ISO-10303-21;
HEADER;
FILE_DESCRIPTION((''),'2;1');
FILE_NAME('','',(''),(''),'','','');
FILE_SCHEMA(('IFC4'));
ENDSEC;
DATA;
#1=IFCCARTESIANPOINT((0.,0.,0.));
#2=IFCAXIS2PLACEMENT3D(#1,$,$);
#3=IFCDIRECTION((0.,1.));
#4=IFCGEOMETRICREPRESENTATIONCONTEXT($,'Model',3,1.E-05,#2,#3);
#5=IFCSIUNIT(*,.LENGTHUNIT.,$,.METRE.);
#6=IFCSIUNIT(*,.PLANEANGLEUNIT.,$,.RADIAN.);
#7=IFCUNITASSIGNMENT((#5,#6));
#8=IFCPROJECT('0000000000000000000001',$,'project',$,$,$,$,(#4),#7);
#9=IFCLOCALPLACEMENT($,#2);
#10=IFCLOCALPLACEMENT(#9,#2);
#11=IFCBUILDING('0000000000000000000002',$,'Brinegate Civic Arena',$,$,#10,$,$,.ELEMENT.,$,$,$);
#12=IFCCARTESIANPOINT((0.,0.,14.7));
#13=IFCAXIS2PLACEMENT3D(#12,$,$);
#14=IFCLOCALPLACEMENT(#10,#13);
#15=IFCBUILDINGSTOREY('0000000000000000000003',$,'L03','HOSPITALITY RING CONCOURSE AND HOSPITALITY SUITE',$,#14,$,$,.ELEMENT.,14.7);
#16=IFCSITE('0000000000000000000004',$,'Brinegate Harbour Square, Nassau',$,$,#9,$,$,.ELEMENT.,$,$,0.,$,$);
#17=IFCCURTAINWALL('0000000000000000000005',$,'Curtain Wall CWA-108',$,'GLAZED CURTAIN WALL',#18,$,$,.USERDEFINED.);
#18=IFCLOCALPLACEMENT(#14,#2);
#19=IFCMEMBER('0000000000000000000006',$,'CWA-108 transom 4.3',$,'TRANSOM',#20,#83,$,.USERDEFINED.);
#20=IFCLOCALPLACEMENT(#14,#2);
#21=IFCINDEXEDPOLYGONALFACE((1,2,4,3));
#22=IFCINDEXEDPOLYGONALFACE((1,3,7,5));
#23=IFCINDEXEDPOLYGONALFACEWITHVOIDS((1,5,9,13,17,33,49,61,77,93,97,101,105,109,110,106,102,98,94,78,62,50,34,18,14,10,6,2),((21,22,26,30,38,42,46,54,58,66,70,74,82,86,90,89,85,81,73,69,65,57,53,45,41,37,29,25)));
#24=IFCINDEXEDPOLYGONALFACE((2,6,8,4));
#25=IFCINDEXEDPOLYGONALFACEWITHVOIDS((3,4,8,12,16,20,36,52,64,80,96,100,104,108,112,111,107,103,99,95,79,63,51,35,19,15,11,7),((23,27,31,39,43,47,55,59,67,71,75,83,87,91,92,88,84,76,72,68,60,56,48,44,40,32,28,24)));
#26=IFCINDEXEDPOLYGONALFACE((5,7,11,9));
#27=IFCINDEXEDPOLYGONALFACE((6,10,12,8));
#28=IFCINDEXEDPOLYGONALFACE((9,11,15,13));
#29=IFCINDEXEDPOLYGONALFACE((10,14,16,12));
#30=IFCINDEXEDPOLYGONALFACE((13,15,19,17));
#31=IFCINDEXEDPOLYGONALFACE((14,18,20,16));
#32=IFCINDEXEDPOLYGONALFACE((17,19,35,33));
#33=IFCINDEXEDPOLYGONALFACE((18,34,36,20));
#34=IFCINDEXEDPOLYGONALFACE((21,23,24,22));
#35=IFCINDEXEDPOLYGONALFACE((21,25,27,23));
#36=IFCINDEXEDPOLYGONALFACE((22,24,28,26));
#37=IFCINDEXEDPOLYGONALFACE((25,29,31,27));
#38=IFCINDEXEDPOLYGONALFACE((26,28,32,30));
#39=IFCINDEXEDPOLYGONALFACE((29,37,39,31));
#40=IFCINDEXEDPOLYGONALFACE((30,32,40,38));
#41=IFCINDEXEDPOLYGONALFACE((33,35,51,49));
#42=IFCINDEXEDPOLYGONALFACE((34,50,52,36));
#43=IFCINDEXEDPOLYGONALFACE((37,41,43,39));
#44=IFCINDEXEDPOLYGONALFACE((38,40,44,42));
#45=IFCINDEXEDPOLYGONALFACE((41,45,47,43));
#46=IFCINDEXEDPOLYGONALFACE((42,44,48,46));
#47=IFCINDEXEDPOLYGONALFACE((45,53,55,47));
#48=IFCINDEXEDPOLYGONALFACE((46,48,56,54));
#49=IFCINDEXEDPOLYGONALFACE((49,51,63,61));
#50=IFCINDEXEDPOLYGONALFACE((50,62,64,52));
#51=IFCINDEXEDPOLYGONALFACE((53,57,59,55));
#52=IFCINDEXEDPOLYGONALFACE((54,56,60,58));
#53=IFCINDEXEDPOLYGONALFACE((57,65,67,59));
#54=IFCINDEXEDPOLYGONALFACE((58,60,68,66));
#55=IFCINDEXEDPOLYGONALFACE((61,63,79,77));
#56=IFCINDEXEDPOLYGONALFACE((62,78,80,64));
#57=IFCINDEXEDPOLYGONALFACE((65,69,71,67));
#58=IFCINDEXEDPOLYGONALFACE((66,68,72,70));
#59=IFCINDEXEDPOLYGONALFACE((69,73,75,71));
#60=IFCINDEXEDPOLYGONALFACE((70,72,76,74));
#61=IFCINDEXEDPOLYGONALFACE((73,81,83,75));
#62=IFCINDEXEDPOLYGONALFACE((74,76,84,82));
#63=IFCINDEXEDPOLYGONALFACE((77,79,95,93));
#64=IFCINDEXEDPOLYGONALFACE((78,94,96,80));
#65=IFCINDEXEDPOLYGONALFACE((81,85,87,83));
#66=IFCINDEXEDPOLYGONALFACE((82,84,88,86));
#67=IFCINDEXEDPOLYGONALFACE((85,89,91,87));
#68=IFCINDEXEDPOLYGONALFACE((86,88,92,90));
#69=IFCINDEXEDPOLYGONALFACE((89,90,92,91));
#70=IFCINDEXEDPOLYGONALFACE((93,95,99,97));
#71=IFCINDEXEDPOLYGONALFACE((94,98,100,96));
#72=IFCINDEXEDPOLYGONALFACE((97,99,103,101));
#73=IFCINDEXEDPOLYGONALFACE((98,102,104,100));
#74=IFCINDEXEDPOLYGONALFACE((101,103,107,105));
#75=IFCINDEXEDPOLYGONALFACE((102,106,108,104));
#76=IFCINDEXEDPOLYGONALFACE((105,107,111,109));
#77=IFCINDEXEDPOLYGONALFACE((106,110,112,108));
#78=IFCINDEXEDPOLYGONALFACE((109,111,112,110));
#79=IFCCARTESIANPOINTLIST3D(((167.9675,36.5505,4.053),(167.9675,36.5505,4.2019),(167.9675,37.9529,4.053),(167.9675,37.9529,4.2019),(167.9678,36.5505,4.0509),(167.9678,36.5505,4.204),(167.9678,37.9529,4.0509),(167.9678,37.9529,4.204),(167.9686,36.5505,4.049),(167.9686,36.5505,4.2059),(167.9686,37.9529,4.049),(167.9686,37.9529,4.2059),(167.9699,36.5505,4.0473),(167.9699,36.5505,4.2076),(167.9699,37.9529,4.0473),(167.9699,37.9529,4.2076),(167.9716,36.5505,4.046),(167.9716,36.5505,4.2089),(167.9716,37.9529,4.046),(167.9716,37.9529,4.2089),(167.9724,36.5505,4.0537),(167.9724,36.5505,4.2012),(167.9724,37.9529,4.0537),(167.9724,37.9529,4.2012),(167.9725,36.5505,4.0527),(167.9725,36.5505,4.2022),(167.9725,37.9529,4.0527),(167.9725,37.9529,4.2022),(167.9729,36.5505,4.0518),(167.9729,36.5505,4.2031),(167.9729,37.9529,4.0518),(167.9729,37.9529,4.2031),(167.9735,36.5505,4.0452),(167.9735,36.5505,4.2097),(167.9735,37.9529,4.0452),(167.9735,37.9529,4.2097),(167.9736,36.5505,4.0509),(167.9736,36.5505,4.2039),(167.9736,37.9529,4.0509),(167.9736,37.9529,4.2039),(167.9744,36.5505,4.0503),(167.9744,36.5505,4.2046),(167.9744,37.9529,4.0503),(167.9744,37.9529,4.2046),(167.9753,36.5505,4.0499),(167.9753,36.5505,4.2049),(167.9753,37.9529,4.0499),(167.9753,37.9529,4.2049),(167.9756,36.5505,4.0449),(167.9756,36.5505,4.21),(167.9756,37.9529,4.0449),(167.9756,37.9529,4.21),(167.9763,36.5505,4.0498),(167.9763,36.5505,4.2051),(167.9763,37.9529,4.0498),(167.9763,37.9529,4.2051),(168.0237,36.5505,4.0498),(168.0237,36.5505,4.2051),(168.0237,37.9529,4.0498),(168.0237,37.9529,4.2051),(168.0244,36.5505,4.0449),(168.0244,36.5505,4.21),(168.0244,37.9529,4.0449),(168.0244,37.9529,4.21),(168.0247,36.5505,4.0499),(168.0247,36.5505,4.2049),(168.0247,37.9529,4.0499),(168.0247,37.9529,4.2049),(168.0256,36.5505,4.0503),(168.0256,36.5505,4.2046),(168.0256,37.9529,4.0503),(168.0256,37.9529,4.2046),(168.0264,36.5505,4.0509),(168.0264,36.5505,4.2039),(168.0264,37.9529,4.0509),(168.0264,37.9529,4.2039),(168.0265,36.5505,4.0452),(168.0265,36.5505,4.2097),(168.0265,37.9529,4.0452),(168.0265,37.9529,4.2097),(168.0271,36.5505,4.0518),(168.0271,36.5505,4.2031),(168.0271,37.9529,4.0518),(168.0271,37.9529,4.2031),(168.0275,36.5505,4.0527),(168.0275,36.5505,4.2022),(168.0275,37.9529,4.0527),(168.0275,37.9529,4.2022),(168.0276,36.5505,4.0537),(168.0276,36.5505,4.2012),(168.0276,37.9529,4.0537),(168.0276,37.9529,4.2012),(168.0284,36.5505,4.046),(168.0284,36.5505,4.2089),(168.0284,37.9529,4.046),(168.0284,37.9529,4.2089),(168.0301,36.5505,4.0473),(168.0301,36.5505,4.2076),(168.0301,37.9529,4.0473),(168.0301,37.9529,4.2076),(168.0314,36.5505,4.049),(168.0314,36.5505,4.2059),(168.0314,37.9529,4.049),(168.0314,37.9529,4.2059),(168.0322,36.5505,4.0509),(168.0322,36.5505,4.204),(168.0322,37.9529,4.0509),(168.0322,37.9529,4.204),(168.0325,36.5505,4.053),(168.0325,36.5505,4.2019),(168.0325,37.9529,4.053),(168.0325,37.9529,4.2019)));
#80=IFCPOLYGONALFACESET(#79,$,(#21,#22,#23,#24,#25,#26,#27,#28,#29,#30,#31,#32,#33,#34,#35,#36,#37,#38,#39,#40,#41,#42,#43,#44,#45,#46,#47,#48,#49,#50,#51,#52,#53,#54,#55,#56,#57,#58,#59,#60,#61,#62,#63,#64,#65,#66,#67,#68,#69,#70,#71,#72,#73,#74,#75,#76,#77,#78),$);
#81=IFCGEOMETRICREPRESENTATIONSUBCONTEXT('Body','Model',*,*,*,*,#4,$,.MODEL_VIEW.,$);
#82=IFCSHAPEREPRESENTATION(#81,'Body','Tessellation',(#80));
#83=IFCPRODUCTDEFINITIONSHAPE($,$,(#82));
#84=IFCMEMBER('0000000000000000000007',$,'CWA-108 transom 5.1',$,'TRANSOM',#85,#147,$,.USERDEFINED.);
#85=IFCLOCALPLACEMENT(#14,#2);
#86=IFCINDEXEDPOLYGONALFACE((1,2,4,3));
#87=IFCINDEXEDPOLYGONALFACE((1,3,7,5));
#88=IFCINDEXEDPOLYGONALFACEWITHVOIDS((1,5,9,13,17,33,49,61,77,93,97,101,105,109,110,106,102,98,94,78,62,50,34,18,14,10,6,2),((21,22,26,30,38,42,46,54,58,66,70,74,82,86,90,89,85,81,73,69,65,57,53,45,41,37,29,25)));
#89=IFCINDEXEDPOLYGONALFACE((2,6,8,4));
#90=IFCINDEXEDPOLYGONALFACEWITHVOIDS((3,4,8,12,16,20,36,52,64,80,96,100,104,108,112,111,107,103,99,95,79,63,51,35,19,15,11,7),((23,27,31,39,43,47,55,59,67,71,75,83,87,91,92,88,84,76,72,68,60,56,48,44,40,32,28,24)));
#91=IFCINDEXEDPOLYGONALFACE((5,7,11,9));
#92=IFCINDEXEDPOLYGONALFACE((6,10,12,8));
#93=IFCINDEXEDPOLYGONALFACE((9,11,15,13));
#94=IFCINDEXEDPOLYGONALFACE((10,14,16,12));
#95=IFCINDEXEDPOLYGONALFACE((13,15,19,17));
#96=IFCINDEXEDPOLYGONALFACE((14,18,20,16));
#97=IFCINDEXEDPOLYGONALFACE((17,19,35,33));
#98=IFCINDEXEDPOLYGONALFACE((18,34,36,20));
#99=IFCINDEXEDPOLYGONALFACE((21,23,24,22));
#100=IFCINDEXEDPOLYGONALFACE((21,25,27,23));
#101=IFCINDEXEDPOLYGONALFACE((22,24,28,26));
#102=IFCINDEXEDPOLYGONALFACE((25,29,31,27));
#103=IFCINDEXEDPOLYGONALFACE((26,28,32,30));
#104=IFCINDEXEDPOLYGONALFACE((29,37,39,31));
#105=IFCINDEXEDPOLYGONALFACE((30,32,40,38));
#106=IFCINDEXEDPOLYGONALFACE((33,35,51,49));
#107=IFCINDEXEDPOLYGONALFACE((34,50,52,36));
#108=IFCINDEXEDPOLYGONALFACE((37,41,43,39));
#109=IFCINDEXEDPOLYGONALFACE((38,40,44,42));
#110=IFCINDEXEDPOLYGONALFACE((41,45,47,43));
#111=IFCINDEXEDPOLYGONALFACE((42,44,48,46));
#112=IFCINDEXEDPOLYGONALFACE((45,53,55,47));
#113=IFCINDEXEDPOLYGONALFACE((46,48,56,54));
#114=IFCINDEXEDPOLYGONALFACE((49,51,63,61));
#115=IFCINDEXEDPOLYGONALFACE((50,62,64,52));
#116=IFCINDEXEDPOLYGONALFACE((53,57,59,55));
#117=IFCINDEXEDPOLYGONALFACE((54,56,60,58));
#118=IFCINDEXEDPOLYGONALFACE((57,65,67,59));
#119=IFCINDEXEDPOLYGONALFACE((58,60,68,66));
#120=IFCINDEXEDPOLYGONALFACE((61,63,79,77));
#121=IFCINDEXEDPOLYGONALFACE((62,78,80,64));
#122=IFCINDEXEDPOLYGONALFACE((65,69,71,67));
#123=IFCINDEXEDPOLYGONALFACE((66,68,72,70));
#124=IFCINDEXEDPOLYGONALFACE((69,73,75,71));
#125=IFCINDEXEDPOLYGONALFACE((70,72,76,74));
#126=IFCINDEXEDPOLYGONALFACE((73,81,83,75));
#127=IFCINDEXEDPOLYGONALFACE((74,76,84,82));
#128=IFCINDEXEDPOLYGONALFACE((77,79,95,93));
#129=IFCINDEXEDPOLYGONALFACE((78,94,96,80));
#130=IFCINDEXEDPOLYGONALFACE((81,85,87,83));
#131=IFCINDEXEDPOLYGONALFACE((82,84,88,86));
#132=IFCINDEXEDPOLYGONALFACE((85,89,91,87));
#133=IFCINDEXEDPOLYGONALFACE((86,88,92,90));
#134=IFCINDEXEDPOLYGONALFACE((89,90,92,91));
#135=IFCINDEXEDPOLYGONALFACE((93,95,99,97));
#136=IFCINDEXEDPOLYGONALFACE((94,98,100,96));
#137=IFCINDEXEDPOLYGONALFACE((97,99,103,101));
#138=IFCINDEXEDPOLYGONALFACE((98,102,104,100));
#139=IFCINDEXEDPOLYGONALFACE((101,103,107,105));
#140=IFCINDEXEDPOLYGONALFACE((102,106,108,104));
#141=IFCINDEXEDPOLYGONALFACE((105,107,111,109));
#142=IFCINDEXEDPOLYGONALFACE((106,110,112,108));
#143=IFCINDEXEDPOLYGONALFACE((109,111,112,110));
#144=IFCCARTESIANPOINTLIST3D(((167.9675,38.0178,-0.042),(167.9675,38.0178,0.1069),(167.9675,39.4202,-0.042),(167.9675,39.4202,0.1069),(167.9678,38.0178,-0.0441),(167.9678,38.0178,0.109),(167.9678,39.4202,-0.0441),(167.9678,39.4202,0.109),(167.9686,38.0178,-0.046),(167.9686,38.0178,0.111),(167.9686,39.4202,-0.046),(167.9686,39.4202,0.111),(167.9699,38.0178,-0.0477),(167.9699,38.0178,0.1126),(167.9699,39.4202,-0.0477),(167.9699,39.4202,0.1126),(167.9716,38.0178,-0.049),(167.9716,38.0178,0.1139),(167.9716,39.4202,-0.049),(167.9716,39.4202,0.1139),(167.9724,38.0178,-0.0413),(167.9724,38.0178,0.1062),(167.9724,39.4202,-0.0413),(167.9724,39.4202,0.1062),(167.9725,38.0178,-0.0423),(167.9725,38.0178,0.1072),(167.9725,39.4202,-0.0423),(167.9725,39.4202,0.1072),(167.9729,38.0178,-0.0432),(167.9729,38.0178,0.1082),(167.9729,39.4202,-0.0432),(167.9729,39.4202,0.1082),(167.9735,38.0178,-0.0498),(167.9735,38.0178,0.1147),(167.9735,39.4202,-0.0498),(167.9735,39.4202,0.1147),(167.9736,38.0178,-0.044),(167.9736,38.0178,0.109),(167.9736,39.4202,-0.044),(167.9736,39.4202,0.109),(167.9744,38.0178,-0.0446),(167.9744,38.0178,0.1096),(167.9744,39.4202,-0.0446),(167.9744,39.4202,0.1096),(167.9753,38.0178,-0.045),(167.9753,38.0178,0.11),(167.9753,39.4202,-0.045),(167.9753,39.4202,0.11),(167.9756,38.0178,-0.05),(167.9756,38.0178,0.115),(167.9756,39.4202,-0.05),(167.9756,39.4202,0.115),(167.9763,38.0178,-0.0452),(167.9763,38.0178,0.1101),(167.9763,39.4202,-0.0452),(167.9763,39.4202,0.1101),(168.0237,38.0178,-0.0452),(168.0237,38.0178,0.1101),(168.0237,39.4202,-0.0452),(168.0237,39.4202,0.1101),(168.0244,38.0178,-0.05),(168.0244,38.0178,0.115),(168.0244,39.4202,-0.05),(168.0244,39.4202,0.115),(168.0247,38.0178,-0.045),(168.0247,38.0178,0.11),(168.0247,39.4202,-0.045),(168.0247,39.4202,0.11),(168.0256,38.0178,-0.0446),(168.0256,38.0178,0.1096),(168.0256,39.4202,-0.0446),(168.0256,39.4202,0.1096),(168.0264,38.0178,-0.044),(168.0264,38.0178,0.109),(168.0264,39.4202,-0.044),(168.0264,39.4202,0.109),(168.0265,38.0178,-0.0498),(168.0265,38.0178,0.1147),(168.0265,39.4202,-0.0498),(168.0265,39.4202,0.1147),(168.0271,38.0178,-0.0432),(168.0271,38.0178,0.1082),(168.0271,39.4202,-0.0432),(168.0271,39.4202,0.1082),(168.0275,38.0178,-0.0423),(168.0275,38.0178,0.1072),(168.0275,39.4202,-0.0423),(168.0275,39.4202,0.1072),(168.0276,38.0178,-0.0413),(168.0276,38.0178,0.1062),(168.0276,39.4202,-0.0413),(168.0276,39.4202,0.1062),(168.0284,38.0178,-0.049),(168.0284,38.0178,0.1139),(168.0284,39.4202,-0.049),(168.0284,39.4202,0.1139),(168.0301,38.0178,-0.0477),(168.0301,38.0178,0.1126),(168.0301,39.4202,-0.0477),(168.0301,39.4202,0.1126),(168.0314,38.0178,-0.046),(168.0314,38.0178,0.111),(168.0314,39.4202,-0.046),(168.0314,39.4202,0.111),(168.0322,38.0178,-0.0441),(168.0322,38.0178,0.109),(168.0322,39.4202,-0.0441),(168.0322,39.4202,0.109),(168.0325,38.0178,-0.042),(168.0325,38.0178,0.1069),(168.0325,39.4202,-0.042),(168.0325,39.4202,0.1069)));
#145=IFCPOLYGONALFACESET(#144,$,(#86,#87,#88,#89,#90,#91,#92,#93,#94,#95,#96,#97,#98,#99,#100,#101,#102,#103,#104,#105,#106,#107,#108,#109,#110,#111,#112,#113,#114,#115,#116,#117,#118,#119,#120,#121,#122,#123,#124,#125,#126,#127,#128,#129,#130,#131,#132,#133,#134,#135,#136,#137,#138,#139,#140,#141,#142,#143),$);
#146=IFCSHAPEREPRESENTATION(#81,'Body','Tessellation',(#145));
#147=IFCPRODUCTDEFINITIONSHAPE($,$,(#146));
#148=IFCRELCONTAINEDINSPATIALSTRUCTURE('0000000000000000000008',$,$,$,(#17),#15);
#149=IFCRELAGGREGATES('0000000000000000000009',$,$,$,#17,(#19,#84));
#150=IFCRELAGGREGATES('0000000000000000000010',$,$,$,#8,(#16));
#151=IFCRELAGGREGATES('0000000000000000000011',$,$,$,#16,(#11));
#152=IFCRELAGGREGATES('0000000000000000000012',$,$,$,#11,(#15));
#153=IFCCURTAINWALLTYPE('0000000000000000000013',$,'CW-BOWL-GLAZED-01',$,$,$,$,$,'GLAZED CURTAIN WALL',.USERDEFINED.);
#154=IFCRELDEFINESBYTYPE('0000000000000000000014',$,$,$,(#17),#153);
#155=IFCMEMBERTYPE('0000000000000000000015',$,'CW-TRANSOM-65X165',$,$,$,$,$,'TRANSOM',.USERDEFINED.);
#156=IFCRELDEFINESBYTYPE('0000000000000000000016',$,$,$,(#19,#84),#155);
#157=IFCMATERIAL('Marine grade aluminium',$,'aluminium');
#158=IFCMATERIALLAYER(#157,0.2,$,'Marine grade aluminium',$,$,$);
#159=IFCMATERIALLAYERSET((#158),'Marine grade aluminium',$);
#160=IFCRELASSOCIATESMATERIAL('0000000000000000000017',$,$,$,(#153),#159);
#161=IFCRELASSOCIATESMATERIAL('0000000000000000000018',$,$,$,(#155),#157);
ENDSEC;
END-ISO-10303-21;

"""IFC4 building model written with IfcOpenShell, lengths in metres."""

from ifc_helpers import new_model, si_unit, direction, frame, origin, origin_2d, place, context, subcontext, project, spatial, hollow_rectangle, extrude, material, layer, layer_set, material_profile, profile_set, type_object, element, aggregate, save


model = new_model("IFC4")

# Units and contexts
model_context = context("Model", 3, precision=1e-05, world=origin(), true_north=direction((0.0, 1.0)))
body_context = subcontext(model_context, "Body", "Model", "MODEL_VIEW")
ifc_project = project(units=[si_unit("LENGTHUNIT", "METRE"), si_unit("PLANEANGLEUNIT", "RADIAN")], contexts=[model_context])

# Site, building, storey
site_placement = place(None, origin())
site = spatial("IfcSite", under=ifc_project, at=site_placement, Name="Brinegate Harbour Square, Nassau", CompositionType="ELEMENT", RefElevation=0.0)
building_placement = place(site_placement, origin())
building = spatial("IfcBuilding", under=site, at=building_placement, Name="Brinegate Civic Arena", CompositionType="ELEMENT")
storey_placement = place(building_placement, frame((0.0, 0.0, 14.7)))
storey = spatial("IfcBuildingStorey", under=building, at=storey_placement, Name="L03", Description="HOSPITALITY RING CONCOURSE AND HOSPITALITY SUITE", CompositionType="ELEMENT", Elevation=14.7)

# Curtain wall, members
ifc_material_1 = material(Name="Marine grade aluminium", Category="aluminium")
ifc_layer_1 = layer(ifc_material_1, 0.2, Name="Marine grade aluminium")
ifc_layer_set_1 = layer_set([ifc_layer_1], Name="Marine grade aluminium")
curtain_wall_type = type_object("IfcCurtainWallType", Name="CW-BOWL-GLAZED-01", ElementType="GLAZED CURTAIN WALL", PredefinedType="USERDEFINED", material=ifc_layer_set_1)
curtain_wall_placement = place(storey_placement, origin())
curtain_wall = element("IfcCurtainWall", 1, at=curtain_wall_placement, inside=storey, type_object=curtain_wall_type, Name="Curtain Wall CWA-108", ObjectType="GLAZED CURTAIN WALL", PredefinedType="USERDEFINED")
ifc_material_profile_1 = material_profile(ifc_material_1, hollow_rectangle(XDim=0.0649, YDim=0.165, WallThickness=0.0049, InnerFilletRadius=0.0039, OuterFilletRadius=0.0081, at=origin_2d()), Name="TRN65X165")
ifc_profile_set_1 = profile_set([ifc_material_profile_1], Name="Marine grade aluminium")
member_type_1 = type_object("IfcMemberType", Name="CW-TRANSOM-65X165", ElementType="TRANSOM", PredefinedType="USERDEFINED", material=ifc_profile_set_1)
member_1_placement = place(storey_placement, frame((168.0, 36.5505, 4.1274), z_axis=(0.0, 1.0, 0.0), x_axis=(-1.0, 0.0, 0.0)))
member_1 = element("IfcMember", 2, at=member_1_placement, type_object=member_type_1, Name="CWA-108 transom 4.3", ObjectType="TRANSOM", PredefinedType="USERDEFINED", context=body_context, shape_type="SweptSolid", body=[
    extrude(hollow_rectangle(XDim=0.0649, YDim=0.165, WallThickness=0.0049, InnerFilletRadius=0.0039, OuterFilletRadius=0.0081, at=origin_2d()), origin(), (0.0, 0.0, 1.0), 1.4023),
])
member_2_placement = place(storey_placement, frame((168.0, 38.0178, 0.0325), z_axis=(0.0, 1.0, 0.0), x_axis=(-1.0, 0.0, 0.0)))
member_2 = element("IfcMember", 3, at=member_2_placement, type_object=member_type_1, Name="CWA-108 transom 5.1", ObjectType="TRANSOM", PredefinedType="USERDEFINED", context=body_context, shape_type="SweptSolid", body=[
    extrude(hollow_rectangle(XDim=0.0649, YDim=0.165, WallThickness=0.0049, InnerFilletRadius=0.0039, OuterFilletRadius=0.0081, at=origin_2d()), origin(), (0.0, 0.0, 1.0), 1.4023),
])
aggregate(curtain_wall, [member_1, member_2])

save(model, "model.ifc")
